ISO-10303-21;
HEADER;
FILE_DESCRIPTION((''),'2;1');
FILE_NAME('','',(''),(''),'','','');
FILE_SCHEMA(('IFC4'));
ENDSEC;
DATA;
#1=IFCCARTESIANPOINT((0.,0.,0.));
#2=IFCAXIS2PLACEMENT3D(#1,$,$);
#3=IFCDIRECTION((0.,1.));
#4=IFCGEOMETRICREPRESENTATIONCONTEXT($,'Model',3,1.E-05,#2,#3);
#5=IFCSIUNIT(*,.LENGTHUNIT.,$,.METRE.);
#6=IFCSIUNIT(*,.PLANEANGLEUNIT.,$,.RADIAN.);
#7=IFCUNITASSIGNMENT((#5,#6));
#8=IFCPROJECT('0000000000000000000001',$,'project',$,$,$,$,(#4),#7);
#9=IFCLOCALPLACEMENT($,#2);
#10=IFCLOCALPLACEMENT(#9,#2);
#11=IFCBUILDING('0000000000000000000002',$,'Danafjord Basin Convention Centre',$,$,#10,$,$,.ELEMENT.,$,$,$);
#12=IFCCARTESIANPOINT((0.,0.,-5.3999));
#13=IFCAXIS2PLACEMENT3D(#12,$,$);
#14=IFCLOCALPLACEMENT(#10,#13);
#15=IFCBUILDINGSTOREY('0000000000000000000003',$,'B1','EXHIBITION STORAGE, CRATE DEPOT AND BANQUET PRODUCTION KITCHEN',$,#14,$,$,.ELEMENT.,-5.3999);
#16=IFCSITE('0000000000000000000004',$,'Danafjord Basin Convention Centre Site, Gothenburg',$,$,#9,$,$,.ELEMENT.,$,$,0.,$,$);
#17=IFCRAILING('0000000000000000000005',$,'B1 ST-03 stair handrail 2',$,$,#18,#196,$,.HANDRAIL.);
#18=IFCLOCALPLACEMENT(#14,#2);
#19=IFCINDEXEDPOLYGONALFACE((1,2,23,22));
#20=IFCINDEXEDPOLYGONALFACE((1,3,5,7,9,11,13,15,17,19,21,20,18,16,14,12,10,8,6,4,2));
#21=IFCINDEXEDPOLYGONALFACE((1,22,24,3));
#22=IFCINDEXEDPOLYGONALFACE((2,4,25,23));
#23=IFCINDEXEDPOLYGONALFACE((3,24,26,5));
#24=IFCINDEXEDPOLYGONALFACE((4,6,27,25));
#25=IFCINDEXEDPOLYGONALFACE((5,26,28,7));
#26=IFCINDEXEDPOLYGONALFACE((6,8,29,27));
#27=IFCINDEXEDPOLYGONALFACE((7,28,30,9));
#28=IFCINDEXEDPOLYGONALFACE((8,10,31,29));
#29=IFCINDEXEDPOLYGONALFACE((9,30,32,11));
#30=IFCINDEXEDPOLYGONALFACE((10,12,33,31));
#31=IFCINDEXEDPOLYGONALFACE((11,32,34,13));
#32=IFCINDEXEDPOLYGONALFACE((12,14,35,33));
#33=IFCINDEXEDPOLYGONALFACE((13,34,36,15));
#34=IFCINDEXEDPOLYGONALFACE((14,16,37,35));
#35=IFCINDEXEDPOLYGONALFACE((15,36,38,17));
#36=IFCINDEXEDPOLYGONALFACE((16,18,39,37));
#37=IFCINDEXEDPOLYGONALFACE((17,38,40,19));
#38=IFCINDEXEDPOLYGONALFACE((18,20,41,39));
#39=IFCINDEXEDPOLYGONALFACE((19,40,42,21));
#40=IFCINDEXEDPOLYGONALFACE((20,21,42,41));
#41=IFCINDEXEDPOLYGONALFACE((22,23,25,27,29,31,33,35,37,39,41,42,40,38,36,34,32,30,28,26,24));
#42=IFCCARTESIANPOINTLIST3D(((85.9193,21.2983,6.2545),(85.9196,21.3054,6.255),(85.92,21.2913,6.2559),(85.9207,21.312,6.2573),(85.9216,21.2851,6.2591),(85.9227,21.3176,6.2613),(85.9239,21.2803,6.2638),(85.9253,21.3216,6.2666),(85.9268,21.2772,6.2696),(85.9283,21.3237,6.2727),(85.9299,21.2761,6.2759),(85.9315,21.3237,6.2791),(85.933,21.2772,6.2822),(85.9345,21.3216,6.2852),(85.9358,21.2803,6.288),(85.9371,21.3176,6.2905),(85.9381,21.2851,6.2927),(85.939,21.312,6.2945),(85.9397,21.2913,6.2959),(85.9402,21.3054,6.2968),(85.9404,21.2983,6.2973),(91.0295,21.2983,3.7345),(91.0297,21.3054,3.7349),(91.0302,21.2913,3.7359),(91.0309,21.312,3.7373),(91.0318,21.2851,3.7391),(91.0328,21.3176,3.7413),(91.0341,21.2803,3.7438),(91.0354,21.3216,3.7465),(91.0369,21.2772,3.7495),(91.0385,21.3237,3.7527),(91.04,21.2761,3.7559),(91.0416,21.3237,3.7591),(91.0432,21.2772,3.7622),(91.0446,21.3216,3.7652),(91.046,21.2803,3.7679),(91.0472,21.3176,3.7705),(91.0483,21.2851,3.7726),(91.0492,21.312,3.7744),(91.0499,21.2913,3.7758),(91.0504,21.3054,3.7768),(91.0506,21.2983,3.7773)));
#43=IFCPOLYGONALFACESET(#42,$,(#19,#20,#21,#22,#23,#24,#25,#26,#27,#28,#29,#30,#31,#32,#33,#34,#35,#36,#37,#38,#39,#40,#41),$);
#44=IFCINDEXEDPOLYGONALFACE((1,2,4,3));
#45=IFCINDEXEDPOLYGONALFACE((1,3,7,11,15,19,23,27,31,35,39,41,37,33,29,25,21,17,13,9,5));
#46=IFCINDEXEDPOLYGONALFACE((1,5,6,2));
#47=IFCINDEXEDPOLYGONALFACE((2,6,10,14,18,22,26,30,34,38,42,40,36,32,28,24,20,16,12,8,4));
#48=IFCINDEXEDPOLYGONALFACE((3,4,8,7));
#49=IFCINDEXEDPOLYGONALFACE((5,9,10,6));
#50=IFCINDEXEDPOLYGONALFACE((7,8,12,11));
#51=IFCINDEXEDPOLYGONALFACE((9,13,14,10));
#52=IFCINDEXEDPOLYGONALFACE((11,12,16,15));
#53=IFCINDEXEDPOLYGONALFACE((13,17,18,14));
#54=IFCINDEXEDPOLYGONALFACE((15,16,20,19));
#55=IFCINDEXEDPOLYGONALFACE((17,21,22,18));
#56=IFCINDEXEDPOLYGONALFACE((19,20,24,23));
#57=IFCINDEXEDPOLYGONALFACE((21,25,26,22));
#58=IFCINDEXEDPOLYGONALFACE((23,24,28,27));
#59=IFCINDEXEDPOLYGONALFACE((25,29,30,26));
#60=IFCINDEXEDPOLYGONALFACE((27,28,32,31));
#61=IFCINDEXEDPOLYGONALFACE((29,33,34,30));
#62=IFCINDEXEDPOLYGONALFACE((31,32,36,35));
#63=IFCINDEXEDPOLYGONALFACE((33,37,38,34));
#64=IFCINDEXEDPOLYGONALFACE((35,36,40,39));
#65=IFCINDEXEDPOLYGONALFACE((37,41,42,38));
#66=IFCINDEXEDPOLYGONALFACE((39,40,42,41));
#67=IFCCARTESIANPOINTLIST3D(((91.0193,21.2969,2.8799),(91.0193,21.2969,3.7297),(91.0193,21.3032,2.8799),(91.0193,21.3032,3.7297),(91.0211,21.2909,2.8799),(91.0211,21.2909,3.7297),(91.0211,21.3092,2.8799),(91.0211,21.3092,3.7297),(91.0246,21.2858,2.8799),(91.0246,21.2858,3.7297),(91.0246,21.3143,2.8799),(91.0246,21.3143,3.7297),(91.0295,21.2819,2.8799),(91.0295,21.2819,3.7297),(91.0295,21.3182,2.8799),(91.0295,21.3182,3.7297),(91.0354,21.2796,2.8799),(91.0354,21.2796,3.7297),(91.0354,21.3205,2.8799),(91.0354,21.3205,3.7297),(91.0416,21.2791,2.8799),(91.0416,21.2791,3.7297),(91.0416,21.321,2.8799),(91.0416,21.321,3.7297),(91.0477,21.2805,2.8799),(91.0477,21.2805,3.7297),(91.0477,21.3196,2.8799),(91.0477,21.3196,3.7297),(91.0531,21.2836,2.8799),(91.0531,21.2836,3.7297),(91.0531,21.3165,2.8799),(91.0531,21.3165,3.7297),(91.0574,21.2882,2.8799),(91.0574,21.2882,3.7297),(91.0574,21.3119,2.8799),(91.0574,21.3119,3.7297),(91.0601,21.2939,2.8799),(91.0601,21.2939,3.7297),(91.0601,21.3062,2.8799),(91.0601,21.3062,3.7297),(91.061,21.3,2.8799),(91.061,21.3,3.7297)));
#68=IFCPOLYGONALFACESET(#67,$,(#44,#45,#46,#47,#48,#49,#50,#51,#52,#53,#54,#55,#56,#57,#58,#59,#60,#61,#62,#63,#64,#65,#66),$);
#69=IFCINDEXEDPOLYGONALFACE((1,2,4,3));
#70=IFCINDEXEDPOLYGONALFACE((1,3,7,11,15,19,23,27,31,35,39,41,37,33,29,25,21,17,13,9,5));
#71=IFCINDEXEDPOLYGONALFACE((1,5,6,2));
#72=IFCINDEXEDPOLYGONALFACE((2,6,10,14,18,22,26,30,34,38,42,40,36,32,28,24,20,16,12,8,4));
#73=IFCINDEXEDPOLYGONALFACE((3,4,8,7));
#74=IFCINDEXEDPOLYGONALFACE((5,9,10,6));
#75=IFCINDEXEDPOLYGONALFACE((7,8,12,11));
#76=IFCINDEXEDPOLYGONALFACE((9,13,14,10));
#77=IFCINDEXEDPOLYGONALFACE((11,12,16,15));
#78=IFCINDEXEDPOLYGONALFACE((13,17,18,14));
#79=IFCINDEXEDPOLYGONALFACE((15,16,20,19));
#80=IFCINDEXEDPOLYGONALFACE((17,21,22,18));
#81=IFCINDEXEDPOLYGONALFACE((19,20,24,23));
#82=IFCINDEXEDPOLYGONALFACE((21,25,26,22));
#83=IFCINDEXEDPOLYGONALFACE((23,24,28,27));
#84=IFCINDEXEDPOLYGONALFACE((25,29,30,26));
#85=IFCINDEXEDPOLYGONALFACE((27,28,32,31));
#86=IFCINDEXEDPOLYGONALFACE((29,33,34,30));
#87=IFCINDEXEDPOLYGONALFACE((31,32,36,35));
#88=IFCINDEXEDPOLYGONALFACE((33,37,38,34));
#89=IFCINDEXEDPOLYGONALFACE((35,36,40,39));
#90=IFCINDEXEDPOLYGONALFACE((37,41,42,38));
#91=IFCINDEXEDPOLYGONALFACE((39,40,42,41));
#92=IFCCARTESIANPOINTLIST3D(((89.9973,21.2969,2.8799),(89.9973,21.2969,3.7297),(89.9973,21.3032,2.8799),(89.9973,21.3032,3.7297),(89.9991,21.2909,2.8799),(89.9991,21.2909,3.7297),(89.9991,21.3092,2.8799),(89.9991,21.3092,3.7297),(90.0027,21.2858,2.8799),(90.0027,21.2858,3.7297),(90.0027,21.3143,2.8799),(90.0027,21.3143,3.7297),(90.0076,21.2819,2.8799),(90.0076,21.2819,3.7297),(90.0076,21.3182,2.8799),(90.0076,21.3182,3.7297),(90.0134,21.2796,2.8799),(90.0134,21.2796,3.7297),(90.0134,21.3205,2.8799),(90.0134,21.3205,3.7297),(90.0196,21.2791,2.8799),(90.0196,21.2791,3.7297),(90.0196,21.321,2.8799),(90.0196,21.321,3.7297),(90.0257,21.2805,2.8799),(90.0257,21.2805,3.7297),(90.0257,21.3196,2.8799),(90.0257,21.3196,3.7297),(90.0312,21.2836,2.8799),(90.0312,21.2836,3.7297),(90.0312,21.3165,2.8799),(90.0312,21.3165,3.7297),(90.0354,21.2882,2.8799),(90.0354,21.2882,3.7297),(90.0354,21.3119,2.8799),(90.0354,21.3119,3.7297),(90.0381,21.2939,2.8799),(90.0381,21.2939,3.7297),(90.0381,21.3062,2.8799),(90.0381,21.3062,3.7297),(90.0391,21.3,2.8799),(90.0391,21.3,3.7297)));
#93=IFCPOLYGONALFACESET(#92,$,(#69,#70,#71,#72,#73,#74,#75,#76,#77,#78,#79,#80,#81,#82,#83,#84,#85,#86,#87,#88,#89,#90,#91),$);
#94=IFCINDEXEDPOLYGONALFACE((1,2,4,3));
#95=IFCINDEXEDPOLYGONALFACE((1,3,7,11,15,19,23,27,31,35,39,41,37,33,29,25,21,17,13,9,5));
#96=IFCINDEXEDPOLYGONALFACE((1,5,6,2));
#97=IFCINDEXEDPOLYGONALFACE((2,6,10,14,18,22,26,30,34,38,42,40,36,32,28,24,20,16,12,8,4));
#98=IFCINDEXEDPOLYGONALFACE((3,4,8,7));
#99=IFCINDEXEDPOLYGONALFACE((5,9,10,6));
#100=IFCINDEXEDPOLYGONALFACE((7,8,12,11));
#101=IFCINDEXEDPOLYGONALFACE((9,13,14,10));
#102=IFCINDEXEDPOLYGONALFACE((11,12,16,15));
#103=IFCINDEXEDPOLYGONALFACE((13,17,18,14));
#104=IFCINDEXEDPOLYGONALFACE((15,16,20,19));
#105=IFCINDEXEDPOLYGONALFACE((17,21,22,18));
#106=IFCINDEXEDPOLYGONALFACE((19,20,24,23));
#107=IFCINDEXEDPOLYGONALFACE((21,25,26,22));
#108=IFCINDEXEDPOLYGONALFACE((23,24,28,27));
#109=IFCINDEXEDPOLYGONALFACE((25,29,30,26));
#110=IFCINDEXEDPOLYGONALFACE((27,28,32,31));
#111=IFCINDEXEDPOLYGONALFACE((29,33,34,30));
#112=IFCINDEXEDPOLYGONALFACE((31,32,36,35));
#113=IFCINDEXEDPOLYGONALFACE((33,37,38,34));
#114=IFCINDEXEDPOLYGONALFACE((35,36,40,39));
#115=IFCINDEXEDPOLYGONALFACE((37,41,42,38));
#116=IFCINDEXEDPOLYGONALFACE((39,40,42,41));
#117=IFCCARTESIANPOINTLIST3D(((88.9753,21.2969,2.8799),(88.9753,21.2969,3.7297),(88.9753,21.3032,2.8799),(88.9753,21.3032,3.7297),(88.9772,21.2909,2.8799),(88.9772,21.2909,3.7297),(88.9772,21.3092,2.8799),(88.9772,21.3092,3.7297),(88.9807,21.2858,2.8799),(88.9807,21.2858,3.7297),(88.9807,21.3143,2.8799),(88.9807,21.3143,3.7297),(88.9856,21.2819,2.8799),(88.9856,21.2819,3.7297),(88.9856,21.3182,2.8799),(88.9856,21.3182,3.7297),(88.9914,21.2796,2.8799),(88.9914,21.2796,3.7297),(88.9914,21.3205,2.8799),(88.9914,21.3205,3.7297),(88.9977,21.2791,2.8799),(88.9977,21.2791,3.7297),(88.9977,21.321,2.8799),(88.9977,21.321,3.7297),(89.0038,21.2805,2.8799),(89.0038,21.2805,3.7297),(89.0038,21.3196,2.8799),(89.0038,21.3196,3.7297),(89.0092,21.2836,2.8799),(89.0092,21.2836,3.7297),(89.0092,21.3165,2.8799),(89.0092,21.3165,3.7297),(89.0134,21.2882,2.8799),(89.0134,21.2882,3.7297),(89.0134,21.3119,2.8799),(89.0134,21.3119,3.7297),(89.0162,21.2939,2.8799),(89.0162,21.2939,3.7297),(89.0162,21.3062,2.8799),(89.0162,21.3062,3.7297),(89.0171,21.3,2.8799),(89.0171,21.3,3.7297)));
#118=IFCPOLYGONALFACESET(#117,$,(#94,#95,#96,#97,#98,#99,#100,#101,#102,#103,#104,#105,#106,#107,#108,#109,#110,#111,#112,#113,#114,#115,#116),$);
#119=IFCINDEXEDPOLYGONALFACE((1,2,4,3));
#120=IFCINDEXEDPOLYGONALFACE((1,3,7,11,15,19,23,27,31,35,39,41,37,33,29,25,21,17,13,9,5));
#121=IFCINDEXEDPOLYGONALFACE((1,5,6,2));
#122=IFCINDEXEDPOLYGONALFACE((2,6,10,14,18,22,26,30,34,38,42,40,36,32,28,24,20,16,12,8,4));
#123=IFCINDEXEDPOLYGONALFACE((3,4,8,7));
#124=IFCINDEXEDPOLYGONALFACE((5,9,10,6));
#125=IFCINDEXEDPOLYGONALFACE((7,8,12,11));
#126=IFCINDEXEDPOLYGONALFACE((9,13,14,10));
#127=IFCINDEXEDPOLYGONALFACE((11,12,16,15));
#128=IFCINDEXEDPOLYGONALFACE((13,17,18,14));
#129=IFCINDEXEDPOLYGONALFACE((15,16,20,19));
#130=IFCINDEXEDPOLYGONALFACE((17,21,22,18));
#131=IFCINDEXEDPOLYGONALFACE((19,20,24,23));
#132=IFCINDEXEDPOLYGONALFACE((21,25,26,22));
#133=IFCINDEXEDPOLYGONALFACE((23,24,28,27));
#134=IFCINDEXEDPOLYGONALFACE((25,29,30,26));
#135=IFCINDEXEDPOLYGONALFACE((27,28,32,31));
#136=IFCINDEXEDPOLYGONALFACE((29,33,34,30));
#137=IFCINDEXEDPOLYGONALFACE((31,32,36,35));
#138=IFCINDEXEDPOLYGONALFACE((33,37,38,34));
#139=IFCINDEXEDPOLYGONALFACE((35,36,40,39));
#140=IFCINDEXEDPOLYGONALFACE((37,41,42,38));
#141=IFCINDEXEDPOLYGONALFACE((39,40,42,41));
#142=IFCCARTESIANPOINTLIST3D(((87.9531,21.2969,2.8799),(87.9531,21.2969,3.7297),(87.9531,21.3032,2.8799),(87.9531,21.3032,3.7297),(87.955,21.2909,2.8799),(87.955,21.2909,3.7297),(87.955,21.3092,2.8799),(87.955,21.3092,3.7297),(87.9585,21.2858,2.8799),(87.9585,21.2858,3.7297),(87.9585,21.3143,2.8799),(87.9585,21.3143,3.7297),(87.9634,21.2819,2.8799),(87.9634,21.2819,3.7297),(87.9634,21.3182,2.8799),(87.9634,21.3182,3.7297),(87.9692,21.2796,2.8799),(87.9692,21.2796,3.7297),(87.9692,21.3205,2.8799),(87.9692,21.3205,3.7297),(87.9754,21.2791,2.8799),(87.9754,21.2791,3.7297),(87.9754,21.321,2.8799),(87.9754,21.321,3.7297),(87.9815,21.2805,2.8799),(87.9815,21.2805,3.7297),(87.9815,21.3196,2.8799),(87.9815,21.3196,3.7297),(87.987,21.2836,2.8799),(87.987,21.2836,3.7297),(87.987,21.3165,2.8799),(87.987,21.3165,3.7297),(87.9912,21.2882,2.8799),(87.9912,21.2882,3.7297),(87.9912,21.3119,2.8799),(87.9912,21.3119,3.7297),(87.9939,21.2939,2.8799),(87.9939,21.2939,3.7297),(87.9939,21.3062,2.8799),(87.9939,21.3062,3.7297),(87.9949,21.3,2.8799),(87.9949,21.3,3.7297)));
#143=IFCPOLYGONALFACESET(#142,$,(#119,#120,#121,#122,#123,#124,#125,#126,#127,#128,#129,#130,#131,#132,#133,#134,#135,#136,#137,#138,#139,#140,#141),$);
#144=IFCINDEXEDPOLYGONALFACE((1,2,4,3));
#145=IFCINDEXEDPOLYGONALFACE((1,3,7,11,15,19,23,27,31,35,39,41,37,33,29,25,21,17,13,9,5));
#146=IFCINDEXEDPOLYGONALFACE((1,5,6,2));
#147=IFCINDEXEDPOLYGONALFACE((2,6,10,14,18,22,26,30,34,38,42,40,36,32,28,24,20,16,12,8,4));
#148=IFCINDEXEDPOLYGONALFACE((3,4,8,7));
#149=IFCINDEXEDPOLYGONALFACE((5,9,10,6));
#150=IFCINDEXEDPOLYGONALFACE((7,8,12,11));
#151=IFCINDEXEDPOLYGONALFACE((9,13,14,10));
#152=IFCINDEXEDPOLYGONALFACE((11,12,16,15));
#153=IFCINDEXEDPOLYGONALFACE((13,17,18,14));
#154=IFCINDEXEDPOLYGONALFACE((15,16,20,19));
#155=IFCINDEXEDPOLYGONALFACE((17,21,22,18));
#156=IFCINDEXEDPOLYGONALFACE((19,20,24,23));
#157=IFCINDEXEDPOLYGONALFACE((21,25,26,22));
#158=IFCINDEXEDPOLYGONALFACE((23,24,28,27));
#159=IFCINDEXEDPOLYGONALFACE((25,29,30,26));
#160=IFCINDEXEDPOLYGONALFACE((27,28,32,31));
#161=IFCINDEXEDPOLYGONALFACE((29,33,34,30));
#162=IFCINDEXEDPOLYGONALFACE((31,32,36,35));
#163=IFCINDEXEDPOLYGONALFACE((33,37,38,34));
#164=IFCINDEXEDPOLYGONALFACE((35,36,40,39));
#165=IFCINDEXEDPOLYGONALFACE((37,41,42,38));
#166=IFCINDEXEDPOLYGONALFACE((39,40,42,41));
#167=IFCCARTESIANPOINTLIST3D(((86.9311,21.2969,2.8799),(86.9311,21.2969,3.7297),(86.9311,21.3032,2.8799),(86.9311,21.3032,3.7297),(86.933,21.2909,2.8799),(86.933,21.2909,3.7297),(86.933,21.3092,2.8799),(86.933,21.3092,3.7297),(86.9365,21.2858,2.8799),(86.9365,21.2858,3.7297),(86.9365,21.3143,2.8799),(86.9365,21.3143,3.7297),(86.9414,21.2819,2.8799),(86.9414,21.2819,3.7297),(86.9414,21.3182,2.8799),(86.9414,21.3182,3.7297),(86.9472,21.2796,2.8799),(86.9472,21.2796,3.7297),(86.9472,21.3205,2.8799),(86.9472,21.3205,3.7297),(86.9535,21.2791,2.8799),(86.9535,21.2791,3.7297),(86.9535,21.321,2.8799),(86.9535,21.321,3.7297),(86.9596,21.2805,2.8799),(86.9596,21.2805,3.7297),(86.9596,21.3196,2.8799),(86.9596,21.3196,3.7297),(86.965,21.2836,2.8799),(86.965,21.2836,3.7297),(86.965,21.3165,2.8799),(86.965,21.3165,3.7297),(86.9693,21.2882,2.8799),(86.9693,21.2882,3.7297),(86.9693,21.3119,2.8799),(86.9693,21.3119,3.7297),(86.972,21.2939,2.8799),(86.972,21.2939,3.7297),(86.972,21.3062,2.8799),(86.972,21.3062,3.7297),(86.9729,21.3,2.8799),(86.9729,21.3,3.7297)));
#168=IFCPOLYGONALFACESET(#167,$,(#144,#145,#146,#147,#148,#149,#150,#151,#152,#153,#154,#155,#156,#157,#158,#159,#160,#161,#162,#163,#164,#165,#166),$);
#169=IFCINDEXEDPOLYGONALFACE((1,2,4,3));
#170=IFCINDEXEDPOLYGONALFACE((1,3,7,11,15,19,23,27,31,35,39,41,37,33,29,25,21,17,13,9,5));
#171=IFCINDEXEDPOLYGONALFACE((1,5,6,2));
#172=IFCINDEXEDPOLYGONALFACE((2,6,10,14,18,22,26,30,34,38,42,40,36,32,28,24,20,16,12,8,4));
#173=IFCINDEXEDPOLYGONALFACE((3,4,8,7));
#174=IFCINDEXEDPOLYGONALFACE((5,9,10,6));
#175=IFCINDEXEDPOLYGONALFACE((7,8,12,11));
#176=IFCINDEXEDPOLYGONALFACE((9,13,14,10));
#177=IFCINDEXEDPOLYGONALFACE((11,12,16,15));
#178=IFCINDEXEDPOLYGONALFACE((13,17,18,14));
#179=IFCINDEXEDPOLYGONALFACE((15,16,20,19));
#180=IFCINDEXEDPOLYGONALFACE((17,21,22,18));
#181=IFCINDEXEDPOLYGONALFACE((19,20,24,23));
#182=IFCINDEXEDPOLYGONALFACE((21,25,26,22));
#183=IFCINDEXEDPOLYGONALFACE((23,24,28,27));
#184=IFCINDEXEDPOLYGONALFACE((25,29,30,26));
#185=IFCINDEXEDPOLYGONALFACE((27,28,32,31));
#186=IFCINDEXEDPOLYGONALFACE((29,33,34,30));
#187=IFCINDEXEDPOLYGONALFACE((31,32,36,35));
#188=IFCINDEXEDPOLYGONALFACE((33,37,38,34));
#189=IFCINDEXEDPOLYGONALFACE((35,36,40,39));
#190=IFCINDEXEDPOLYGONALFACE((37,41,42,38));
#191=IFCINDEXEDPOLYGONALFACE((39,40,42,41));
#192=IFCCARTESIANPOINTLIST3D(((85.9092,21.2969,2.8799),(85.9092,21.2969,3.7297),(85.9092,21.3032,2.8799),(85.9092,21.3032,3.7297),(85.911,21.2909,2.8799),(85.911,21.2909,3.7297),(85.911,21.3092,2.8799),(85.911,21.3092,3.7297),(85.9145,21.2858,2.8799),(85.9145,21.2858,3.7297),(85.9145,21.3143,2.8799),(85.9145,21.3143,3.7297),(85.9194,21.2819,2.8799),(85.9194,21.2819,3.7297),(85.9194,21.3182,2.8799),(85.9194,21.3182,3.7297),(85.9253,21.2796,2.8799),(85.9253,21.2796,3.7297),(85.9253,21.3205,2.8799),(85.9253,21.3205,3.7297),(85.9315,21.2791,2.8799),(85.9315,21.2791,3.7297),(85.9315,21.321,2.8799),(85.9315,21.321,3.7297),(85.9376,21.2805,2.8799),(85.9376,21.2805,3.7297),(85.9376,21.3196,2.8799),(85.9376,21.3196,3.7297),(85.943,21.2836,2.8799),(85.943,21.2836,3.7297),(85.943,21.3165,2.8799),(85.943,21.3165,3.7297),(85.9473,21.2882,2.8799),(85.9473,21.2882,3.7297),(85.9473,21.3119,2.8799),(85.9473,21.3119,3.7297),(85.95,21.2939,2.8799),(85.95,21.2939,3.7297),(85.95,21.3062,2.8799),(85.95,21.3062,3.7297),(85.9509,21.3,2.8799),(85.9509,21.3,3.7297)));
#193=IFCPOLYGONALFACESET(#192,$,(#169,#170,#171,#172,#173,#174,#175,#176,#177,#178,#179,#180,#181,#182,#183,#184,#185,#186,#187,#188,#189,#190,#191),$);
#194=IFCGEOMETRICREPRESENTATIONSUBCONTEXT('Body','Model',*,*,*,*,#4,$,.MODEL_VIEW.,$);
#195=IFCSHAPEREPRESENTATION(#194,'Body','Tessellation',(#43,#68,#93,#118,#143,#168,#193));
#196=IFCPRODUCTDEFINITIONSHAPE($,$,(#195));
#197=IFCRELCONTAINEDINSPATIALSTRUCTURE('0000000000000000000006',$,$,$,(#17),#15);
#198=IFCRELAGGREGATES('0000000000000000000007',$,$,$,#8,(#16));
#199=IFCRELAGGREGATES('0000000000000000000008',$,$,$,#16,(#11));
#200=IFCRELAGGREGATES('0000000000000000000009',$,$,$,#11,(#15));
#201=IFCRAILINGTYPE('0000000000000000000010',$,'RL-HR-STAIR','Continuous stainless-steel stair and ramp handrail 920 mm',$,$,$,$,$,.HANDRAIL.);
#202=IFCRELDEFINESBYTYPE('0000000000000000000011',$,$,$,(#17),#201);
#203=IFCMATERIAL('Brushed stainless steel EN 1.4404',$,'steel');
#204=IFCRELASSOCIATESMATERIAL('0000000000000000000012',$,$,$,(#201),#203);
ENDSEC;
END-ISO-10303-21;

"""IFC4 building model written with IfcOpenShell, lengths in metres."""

from ifc_helpers import new_model, si_unit, direction, frame, origin, origin_2d, place, context, subcontext, project, spatial, circle, extrude, material, type_object, element, save


model = new_model("IFC4")

# Units and contexts
model_context = context("Model", 3, precision=1e-05, world=origin(), true_north=direction((0.0, 1.0)))
body_context = subcontext(model_context, "Body", "Model", "MODEL_VIEW")
ifc_project = project(units=[si_unit("LENGTHUNIT", "METRE"), si_unit("PLANEANGLEUNIT", "RADIAN")], contexts=[model_context])

# Site, building, storey
site_placement = place(None, origin())
site = spatial("IfcSite", under=ifc_project, at=site_placement, Name="Danafjord Basin Convention Centre Site, Gothenburg", CompositionType="ELEMENT", RefElevation=0.0)
building_placement = place(site_placement, origin())
building = spatial("IfcBuilding", under=site, at=building_placement, Name="Danafjord Basin Convention Centre", CompositionType="ELEMENT")
storey_placement = place(building_placement, frame((0.0, 0.0, -5.3999)))
storey = spatial("IfcBuildingStorey", under=building, at=storey_placement, Name="B1", Description="EXHIBITION STORAGE, CRATE DEPOT AND BANQUET PRODUCTION KITCHEN", CompositionType="ELEMENT", Elevation=-5.3999)

# Railing
ifc_material_1 = material(Name="Brushed stainless steel EN 1.4404", Category="steel")
railing_type_1 = type_object("IfcRailingType", Name="RL-HR-STAIR", Description="Continuous stainless-steel stair and ramp handrail 920 mm", PredefinedType="HANDRAIL", material=ifc_material_1)
railing_1_placement = place(storey_placement, frame((91.04, 21.3, 2.8799)))
element("IfcRailing", 1, at=railing_1_placement, inside=storey, type_object=railing_type_1, Name="B1 ST-03 stair handrail 2", PredefinedType="HANDRAIL", context=body_context, shape_type="SweptSolid", body=[
    extrude(circle(Radius=0.0239, at=origin_2d()), frame((0.0, 0.0, 0.876), z_axis=(-0.896873, 0.0, 0.442288), x_axis=(0.0, -1.0, 0.0)), (0.0, 0.0, 1.0), 5.6978),
    extrude(circle(Radius=0.021, at=origin_2d()), origin(), (0.0, 0.0, 1.0), 0.8499),
    extrude(circle(Radius=0.021, at=origin_2d()), frame((-1.022, 0.0, 0.0)), (0.0, 0.0, 1.0), 0.8499),
    extrude(circle(Radius=0.021, at=origin_2d()), frame((-2.0439, 0.0, 0.0)), (0.0, 0.0, 1.0), 0.8499),
    extrude(circle(Radius=0.021, at=origin_2d()), frame((-3.0662, 0.0, 0.0)), (0.0, 0.0, 1.0), 0.8499),
    extrude(circle(Radius=0.021, at=origin_2d()), frame((-4.0881, 0.0, 0.0)), (0.0, 0.0, 1.0), 0.8499),
    extrude(circle(Radius=0.021, at=origin_2d()), frame((-5.1101, 0.0, 0.0)), (0.0, 0.0, 1.0), 0.8499),
])

save(model, "model.ifc")
